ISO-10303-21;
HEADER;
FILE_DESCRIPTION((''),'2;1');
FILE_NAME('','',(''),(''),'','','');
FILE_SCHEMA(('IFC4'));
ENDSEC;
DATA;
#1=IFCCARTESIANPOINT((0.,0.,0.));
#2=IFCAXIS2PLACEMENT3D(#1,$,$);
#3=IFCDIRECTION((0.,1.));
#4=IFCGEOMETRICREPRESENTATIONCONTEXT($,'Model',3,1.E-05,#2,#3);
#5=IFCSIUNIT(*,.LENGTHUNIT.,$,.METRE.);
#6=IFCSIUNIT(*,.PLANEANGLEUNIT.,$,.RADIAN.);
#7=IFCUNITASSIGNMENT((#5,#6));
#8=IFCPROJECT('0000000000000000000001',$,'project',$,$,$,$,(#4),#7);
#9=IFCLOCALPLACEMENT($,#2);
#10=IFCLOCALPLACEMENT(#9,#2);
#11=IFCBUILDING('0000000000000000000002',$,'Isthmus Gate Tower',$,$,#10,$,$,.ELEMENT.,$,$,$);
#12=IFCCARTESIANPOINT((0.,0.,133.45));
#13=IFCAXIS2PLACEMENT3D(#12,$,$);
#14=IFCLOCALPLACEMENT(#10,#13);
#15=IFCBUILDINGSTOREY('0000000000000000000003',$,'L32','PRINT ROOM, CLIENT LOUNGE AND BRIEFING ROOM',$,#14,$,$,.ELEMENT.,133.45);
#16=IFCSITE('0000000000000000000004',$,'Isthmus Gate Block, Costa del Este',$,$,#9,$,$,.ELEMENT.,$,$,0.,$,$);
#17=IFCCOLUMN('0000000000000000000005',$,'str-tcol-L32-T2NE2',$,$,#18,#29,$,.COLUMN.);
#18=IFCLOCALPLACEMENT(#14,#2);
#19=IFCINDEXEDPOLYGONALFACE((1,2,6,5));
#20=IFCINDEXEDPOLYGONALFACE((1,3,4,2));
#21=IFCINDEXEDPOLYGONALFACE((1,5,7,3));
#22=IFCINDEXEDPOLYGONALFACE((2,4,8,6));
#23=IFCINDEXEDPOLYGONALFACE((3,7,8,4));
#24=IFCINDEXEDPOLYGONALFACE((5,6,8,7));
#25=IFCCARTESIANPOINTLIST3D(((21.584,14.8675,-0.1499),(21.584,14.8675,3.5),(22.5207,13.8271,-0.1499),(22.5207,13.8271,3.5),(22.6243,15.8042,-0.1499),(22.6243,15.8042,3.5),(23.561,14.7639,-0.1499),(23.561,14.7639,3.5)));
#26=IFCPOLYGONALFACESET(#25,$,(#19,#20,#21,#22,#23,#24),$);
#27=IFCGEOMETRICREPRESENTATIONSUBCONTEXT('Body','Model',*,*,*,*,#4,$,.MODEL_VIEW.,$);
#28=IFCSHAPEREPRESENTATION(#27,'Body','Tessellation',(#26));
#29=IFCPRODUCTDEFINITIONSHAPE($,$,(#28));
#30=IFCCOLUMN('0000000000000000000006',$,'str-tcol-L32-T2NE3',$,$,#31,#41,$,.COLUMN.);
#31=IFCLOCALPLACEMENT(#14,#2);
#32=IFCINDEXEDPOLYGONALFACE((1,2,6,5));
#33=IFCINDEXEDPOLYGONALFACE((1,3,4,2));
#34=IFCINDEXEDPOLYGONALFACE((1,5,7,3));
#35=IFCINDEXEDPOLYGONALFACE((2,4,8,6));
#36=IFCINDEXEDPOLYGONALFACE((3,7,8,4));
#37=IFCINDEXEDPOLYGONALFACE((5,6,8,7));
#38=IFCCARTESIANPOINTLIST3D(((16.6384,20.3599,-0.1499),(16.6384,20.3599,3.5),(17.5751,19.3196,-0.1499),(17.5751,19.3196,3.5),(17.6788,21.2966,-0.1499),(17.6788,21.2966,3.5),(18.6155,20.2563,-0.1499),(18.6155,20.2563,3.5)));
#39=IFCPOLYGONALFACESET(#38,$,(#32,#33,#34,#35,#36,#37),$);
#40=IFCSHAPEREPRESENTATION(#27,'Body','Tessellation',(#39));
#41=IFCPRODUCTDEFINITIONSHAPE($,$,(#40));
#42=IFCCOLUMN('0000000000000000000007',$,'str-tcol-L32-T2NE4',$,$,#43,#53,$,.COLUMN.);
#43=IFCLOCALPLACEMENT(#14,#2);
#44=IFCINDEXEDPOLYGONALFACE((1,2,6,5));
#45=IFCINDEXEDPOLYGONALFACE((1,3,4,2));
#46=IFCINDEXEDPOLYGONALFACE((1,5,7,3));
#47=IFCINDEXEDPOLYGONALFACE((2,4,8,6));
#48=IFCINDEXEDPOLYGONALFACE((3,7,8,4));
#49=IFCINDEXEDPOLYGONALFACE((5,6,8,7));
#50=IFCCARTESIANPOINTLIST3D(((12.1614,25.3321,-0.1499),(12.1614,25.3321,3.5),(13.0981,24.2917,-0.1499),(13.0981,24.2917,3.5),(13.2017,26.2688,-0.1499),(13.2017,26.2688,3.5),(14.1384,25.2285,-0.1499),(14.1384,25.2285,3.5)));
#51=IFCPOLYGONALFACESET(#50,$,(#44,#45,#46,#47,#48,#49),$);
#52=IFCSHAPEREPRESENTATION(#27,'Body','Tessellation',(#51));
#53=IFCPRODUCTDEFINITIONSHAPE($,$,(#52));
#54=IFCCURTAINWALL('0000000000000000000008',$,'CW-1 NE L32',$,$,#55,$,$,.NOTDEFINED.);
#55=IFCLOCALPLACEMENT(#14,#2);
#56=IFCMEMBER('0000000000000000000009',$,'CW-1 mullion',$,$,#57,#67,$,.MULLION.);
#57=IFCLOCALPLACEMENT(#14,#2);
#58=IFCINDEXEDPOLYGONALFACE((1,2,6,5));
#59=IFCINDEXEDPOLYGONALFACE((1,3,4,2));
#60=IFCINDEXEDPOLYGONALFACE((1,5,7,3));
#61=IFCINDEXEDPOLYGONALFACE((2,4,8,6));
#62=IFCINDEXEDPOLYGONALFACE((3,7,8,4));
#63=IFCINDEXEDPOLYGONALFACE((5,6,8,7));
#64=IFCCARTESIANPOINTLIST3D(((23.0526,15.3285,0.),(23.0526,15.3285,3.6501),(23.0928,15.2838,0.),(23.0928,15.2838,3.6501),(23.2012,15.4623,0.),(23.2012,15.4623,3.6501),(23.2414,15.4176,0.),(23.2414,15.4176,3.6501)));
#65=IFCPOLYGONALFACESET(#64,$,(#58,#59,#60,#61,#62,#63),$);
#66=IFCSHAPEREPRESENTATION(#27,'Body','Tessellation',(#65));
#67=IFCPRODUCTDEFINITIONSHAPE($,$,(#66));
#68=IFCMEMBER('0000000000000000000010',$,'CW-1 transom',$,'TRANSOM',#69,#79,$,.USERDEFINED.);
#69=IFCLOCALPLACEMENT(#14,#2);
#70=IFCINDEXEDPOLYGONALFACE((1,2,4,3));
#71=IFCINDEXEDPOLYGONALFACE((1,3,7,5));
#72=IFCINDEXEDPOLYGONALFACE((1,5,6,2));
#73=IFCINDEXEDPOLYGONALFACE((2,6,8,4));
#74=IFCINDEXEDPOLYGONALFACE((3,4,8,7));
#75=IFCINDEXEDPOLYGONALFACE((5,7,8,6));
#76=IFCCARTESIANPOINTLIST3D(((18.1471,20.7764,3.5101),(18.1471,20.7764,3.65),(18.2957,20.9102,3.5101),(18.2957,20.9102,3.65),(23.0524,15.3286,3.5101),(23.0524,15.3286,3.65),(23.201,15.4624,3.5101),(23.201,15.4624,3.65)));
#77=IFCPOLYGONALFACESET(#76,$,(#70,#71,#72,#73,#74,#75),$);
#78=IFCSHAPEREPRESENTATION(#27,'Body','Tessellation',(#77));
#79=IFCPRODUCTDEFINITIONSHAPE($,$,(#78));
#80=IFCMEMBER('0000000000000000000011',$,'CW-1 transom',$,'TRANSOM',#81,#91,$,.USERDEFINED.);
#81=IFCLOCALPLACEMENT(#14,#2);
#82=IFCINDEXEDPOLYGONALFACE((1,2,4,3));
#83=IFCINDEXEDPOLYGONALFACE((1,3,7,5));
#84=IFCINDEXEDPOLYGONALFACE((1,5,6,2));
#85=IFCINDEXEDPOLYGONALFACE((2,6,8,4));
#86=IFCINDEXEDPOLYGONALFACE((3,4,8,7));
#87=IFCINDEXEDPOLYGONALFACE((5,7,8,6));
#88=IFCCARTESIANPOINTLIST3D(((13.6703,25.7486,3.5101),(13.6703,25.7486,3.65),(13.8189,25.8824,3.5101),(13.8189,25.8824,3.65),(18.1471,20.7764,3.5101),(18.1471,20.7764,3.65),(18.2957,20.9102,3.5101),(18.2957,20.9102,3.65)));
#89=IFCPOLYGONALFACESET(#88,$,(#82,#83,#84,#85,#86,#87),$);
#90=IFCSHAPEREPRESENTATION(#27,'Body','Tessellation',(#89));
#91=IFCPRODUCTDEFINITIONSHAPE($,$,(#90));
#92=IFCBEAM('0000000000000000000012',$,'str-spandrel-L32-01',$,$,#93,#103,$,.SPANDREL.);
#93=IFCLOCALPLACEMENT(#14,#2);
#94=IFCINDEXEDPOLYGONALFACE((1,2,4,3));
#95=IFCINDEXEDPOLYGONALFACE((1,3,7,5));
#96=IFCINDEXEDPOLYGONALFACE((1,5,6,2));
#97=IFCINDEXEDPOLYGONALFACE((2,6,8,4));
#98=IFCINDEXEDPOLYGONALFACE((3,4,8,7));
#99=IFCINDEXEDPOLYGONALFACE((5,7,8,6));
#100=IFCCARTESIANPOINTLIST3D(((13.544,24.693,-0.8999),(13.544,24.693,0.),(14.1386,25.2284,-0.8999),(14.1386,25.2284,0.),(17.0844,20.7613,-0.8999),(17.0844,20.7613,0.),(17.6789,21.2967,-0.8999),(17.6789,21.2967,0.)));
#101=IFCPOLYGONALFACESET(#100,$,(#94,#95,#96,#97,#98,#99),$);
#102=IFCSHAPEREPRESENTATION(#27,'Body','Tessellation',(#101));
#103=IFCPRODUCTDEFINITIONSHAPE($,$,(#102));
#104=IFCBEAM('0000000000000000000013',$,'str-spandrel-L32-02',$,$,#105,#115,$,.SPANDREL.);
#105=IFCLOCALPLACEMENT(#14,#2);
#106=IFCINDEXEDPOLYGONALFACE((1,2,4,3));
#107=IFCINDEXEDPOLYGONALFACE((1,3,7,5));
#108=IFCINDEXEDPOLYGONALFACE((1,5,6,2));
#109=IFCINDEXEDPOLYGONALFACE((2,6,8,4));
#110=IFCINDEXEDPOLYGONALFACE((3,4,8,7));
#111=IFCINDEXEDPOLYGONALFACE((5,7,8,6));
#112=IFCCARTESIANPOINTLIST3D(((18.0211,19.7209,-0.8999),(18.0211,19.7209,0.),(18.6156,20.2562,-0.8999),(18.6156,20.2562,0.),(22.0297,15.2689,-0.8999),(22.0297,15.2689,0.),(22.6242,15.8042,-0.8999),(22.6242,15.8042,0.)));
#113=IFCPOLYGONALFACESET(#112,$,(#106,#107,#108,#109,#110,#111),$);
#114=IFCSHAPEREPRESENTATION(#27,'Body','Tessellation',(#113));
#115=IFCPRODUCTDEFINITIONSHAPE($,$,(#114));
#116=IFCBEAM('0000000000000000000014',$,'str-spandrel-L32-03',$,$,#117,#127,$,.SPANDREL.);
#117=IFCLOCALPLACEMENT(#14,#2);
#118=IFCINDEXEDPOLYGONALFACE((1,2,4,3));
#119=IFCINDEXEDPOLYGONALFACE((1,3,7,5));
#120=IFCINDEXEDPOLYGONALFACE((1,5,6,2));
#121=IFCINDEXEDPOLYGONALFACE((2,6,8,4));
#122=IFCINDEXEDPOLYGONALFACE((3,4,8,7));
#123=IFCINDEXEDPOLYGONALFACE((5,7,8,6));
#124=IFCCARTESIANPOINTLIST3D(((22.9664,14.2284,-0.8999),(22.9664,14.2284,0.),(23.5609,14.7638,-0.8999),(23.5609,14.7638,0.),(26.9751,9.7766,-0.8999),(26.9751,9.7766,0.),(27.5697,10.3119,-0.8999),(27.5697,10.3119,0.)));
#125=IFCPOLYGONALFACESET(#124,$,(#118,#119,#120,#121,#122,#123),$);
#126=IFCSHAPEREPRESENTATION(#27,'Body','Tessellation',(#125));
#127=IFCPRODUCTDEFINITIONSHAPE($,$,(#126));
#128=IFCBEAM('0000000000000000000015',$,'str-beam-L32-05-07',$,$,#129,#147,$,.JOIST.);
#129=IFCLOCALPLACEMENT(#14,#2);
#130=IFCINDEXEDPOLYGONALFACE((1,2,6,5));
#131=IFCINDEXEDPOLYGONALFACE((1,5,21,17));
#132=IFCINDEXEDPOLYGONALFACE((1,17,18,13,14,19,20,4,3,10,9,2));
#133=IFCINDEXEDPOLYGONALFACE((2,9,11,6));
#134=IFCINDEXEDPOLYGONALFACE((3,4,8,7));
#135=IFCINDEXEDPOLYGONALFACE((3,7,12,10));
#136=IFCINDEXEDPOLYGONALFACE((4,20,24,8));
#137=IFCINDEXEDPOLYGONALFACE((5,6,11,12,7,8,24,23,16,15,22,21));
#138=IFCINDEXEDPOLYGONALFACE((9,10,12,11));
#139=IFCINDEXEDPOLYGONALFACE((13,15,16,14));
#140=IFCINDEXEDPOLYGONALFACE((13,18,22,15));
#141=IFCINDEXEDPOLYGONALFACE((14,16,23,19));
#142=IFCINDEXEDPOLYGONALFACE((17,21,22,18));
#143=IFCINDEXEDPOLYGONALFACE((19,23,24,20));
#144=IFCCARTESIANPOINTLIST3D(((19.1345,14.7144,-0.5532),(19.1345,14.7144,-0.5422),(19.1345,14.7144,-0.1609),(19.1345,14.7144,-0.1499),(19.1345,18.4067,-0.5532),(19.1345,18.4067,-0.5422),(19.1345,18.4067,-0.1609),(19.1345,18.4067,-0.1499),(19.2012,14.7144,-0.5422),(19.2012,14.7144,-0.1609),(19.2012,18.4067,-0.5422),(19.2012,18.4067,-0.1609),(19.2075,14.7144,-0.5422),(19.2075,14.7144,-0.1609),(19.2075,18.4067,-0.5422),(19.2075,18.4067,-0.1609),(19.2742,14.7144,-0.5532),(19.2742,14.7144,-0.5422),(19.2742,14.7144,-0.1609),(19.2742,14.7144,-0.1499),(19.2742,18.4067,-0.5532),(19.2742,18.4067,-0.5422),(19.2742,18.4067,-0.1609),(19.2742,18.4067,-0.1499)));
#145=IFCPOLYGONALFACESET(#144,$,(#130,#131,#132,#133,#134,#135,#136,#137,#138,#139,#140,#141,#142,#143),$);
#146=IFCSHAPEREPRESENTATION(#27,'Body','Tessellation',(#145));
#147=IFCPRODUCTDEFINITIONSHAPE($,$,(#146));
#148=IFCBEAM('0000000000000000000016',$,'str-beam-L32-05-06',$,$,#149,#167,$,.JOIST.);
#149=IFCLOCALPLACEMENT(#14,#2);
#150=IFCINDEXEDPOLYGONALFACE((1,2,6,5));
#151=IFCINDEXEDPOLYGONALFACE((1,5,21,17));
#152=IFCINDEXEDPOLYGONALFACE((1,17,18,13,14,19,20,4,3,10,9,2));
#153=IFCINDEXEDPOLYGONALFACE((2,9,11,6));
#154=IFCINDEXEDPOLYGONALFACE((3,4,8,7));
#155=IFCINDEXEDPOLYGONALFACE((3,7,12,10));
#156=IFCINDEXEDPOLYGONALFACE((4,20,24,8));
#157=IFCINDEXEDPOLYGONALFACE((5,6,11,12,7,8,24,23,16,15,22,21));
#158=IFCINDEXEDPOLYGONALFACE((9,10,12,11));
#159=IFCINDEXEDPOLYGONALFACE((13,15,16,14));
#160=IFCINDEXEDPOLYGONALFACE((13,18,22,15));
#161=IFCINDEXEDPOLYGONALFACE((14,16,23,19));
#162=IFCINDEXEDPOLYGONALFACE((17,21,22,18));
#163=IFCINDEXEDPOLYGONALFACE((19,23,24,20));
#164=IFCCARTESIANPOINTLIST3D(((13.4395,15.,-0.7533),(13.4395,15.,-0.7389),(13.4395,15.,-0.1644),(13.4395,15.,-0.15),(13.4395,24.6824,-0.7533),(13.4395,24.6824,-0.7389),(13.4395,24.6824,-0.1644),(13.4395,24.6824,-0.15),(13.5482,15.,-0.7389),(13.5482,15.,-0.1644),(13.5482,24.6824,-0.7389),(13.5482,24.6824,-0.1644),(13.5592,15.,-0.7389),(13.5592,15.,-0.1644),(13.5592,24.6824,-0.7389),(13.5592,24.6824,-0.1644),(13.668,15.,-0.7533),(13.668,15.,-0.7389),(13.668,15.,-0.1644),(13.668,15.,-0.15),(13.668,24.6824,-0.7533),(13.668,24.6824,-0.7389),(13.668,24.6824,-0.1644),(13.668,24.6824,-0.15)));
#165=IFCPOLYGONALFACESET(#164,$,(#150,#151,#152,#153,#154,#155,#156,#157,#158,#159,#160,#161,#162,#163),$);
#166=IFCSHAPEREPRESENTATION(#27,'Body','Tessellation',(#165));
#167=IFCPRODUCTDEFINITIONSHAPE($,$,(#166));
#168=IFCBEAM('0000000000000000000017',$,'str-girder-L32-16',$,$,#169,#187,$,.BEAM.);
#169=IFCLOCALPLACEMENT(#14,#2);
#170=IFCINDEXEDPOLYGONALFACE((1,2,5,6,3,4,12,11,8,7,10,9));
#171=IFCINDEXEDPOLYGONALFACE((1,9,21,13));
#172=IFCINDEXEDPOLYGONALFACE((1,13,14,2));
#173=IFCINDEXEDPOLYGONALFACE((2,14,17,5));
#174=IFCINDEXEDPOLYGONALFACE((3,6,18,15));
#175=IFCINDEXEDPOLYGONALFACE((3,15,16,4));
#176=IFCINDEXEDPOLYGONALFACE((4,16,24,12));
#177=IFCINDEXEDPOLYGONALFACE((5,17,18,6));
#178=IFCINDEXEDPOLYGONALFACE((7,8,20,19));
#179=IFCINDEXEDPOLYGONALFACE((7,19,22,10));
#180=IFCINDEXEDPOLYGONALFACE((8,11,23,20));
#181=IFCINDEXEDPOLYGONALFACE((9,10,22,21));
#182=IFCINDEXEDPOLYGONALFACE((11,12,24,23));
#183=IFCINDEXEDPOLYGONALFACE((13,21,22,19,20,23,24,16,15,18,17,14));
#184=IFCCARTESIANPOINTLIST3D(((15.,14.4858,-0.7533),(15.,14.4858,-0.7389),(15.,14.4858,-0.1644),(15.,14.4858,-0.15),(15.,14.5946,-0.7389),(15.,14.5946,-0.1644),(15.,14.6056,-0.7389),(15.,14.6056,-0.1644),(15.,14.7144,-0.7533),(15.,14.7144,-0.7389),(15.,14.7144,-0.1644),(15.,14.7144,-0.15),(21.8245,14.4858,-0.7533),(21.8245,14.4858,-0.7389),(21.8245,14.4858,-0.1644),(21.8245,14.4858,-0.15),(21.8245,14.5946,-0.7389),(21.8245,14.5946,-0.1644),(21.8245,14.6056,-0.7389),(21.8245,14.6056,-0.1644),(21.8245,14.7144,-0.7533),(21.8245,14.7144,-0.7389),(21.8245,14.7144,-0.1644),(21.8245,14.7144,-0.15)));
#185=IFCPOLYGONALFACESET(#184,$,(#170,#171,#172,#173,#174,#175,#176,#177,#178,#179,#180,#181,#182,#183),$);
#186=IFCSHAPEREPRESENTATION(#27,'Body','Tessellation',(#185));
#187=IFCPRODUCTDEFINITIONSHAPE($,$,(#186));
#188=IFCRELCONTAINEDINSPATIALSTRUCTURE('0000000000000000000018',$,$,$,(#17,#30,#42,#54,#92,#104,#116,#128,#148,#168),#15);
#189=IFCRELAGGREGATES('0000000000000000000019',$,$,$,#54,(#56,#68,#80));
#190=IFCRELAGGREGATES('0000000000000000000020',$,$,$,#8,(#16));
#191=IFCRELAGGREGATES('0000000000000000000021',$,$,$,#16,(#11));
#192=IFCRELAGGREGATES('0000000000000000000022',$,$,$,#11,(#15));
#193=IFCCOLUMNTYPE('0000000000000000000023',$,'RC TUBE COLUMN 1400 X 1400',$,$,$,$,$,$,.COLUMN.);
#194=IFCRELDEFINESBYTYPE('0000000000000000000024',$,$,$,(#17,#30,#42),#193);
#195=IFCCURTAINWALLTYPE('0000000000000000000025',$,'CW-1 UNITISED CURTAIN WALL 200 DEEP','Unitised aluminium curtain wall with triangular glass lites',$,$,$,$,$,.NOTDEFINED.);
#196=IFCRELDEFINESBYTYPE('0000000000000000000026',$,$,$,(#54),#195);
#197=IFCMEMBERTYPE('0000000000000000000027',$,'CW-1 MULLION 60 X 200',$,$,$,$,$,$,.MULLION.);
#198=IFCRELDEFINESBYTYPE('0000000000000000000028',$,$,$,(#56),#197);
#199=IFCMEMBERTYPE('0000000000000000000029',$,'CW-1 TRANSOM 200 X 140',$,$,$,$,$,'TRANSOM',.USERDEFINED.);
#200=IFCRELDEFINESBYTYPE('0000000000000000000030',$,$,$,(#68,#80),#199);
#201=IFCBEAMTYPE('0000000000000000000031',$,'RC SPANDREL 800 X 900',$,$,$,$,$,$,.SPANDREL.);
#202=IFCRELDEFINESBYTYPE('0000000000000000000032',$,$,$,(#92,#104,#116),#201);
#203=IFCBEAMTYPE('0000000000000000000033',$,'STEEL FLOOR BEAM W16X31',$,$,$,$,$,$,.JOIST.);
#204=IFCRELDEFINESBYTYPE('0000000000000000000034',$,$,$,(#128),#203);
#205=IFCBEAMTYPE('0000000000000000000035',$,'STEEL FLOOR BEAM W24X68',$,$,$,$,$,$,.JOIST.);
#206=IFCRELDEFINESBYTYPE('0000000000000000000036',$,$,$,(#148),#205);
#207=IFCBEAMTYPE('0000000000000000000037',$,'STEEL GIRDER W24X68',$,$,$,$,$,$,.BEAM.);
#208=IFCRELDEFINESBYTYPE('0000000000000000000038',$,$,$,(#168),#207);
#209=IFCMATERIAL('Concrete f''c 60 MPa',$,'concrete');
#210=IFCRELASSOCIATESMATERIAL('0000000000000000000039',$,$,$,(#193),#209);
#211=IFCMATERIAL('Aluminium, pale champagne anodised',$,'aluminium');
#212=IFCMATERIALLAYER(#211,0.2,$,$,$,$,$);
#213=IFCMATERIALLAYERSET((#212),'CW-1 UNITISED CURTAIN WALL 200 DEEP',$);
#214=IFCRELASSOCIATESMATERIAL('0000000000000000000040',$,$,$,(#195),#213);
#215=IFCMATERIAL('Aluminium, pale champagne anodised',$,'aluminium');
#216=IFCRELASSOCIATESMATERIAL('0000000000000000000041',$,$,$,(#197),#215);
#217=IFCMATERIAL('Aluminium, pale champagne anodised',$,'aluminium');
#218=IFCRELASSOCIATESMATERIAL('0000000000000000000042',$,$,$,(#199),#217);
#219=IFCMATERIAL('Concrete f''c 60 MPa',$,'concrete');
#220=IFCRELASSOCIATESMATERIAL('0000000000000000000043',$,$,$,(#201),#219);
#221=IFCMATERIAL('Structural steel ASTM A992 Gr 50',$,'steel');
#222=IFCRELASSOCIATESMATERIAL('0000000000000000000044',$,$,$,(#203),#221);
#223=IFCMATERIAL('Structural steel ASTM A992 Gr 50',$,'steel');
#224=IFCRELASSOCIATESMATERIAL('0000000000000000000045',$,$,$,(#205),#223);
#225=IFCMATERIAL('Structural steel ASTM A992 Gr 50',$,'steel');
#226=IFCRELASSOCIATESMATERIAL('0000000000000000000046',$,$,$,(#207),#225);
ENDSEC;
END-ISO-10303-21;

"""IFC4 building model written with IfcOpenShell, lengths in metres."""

from ifc_helpers import new_model, si_unit, direction, frame, origin, origin_2d, place, context, subcontext, project, spatial, rectangle, i_section, extrude, material, layer, layer_set, material_profile, profile_set, type_object, element, aggregate, save


model = new_model("IFC4")

# Units and contexts
model_context = context("Model", 3, precision=1e-05, world=origin(), true_north=direction((0.0, 1.0)))
body_context = subcontext(model_context, "Body", "Model", "MODEL_VIEW")
ifc_project = project(units=[si_unit("LENGTHUNIT", "METRE"), si_unit("PLANEANGLEUNIT", "RADIAN")], contexts=[model_context])

# Site, building, storey
site_placement = place(None, origin())
site = spatial("IfcSite", under=ifc_project, at=site_placement, Name="Isthmus Gate Block, Costa del Este", CompositionType="ELEMENT", RefElevation=0.0)
building_placement = place(site_placement, origin())
building = spatial("IfcBuilding", under=site, at=building_placement, Name="Isthmus Gate Tower", CompositionType="ELEMENT")
storey_placement = place(building_placement, frame((0.0, 0.0, 133.45)))
storey = spatial("IfcBuildingStorey", under=building, at=storey_placement, Name="L32", Description="PRINT ROOM, CLIENT LOUNGE AND BRIEFING ROOM", CompositionType="ELEMENT", Elevation=133.45)

# Columns
ifc_material_1 = material(Name="Concrete f'c 60 MPa", Category="concrete")
ifc_material_profile_1 = material_profile(ifc_material_1, rectangle(XDim=1.3999, YDim=1.3999, at=origin_2d()), Name="RC 1400X1400")
ifc_profile_set_1 = profile_set([ifc_material_profile_1], Name="Concrete f'c 60 MPa")
column_type = type_object("IfcColumnType", Name="RC TUBE COLUMN 1400 X 1400", PredefinedType="COLUMN", material=ifc_profile_set_1)
for number, where, z_axis, x_axis, name in (
    (1, (22.5725, 14.8157, -0.1499), (0.0, 0.0, 1.0), (-0.669131, 0.743145, 0.0), "str-tcol-L32-T2NE2"),
    (2, (17.627, 20.3081, -0.1499), (0.0, 0.0, 1.0), (-0.669131, 0.743145, 0.0), "str-tcol-L32-T2NE3"),
    (3, (13.1499, 25.2803, -0.1499), (0.0, 0.0, 1.0), (-0.669131, 0.743145, 0.0), "str-tcol-L32-T2NE4"),
):
    element("IfcColumn", number, at=place(storey_placement, frame(where, z_axis=z_axis, x_axis=x_axis)), inside=storey, type_object=column_type, Name=name, PredefinedType="COLUMN", context=body_context, shape_type="SweptSolid", body=[
        extrude(rectangle(XDim=1.3999, YDim=1.3999, at=origin_2d()), origin(), (0.0, 0.0, 1.0), 3.6499),
    ])

# Curtain wall, members
ifc_material_2 = material(Name="Aluminium, pale champagne anodised", Category="aluminium")
ifc_layer_1 = layer(ifc_material_2, 0.2)
ifc_layer_set_1 = layer_set([ifc_layer_1], Name="CW-1 UNITISED CURTAIN WALL 200 DEEP")
curtain_wall_type = type_object("IfcCurtainWallType", Name="CW-1 UNITISED CURTAIN WALL 200 DEEP", Description="Unitised aluminium curtain wall with triangular glass lites", PredefinedType="NOTDEFINED", material=ifc_layer_set_1)
curtain_wall_placement = place(storey_placement, origin())
curtain_wall = element("IfcCurtainWall", 4, at=curtain_wall_placement, inside=storey, type_object=curtain_wall_type, Name="CW-1 NE L32", PredefinedType="NOTDEFINED")
ifc_material_3 = material(Name="Aluminium, pale champagne anodised", Category="aluminium")
ifc_material_profile_2 = material_profile(ifc_material_3, rectangle(XDim=0.0601, YDim=0.2, at=origin_2d()), Name="60x200")
ifc_profile_set_2 = profile_set([ifc_material_profile_2], Name="Aluminium, pale champagne anodised")
member_type_1 = type_object("IfcMemberType", Name="CW-1 MULLION 60 X 200", PredefinedType="MULLION", material=ifc_profile_set_2)
member_1_placement = place(storey_placement, frame((23.147, 15.373, 0.0), z_axis=(0.0, 0.0, 1.0), x_axis=(-0.669131, 0.743145, 0.0)))
member_1 = element("IfcMember", 5, at=member_1_placement, type_object=member_type_1, Name="CW-1 mullion", PredefinedType="MULLION", context=body_context, shape_type="SweptSolid", body=[
    extrude(rectangle(XDim=0.0601, YDim=0.2, at=origin_2d()), origin(), (0.0, 0.0, 1.0), 3.6501),
])
ifc_material_4 = material(Name="Aluminium, pale champagne anodised", Category="aluminium")
ifc_material_profile_3 = material_profile(ifc_material_4, rectangle(XDim=0.2, YDim=0.1399, at=origin_2d()), Name="200x140")
ifc_profile_set_3 = profile_set([ifc_material_profile_3], Name="Aluminium, pale champagne anodised")
member_type_2 = type_object("IfcMemberType", Name="CW-1 TRANSOM 200 X 140", ElementType="TRANSOM", PredefinedType="USERDEFINED", material=ifc_profile_set_3)
member_2_placement = place(storey_placement, frame((23.1267, 15.3955, 3.5801), z_axis=(-0.669138, 0.743138, 0.0), x_axis=(-0.743138, -0.669138, 0.0)))
member_2 = element("IfcMember", 6, at=member_2_placement, type_object=member_type_2, Name="CW-1 transom", ObjectType="TRANSOM", PredefinedType="USERDEFINED", context=body_context, shape_type="SweptSolid", body=[
    extrude(rectangle(XDim=0.2, YDim=0.1399, at=origin_2d()), origin(), (0.0, 0.0, 1.0), 7.3308),
])
member_3_placement = place(storey_placement, frame((18.2214, 20.8433, 3.5801), z_axis=(-0.669118, 0.743156, 0.0), x_axis=(-0.743156, -0.669118, 0.0)))
member_3 = element("IfcMember", 7, at=member_3_placement, type_object=member_type_2, Name="CW-1 transom", ObjectType="TRANSOM", PredefinedType="USERDEFINED", context=body_context, shape_type="SweptSolid", body=[
    extrude(rectangle(XDim=0.2, YDim=0.1399, at=origin_2d()), origin(), (0.0, 0.0, 1.0), 6.6907),
])

# Beams
ifc_material_5 = material(Name="Concrete f'c 60 MPa", Category="concrete")
ifc_material_profile_4 = material_profile(ifc_material_5, rectangle(XDim=0.8, YDim=0.8999, at=origin_2d()), Name="RC 800X900")
ifc_profile_set_4 = profile_set([ifc_material_profile_4], Name="Concrete f'c 60 MPa")
beam_type_1 = type_object("IfcBeamType", Name="RC SPANDREL 800 X 900", PredefinedType="SPANDREL", material=ifc_profile_set_4)
beam_1_placement = place(storey_placement, frame((13.8413, 24.9607, -0.45), z_axis=(0.669153, -0.743124, 0.0), x_axis=(0.743124, 0.669153, 0.0)))
element("IfcBeam", 8, at=beam_1_placement, inside=storey, type_object=beam_type_1, Name="str-spandrel-L32-01", PredefinedType="SPANDREL", context=body_context, shape_type="SweptSolid", body=[
    extrude(rectangle(XDim=0.8, YDim=0.8999, at=origin_2d()), origin(), (0.0, 0.0, 1.0), 5.2908),
])
for number, where, z_axis, x_axis, name in (
    (9, (18.3184, 19.9885, -0.45), (0.669134, -0.743142, 0.0), (0.743142, 0.669134, 0.0), "str-spandrel-L32-02"),
    (10, (23.2637, 14.4961, -0.45), (0.669156, -0.743122, 0.0), (0.743122, 0.669156, 0.0), "str-spandrel-L32-03"),
):
    element("IfcBeam", number, at=place(storey_placement, frame(where, z_axis=z_axis, x_axis=x_axis)), inside=storey, type_object=beam_type_1, Name=name, PredefinedType="SPANDREL", context=body_context, shape_type="SweptSolid", body=[
        extrude(rectangle(XDim=0.8, YDim=0.8999, at=origin_2d()), origin(), (0.0, 0.0, 1.0), 5.9907),
    ])
ifc_material_6 = material(Name="Structural steel ASTM A992 Gr 50", Category="steel")
ifc_material_profile_5 = material_profile(ifc_material_6, i_section(OverallWidth=0.1396, OverallDepth=0.4033, WebThickness=0.0063, FlangeThickness=0.011, at=origin_2d()), Name="W16X31")
ifc_profile_set_5 = profile_set([ifc_material_profile_5], Name="Structural steel ASTM A992 Gr 50")
beam_type_2 = type_object("IfcBeamType", Name="STEEL FLOOR BEAM W16X31", PredefinedType="JOIST", material=ifc_profile_set_5)
beam_2_placement = place(storey_placement, frame((19.2043, 14.7144, -0.3516), z_axis=(0.0, 1.0, 0.0), x_axis=(-1.0, 0.0, 0.0)))
element("IfcBeam", 11, at=beam_2_placement, inside=storey, type_object=beam_type_2, Name="str-beam-L32-05-07", PredefinedType="JOIST", context=body_context, shape_type="SweptSolid", body=[
    extrude(i_section(OverallWidth=0.1396, OverallDepth=0.4033, WebThickness=0.0063, FlangeThickness=0.011, at=origin_2d()), origin(), (0.0, 0.0, 1.0), 3.6924),
])
ifc_material_7 = material(Name="Structural steel ASTM A992 Gr 50", Category="steel")
ifc_material_profile_6 = material_profile(ifc_material_7, i_section(OverallWidth=0.2285, OverallDepth=0.6033, WebThickness=0.011, FlangeThickness=0.0144, at=origin_2d()), Name="W24X68")
ifc_profile_set_6 = profile_set([ifc_material_profile_6], Name="Structural steel ASTM A992 Gr 50")
beam_type_3 = type_object("IfcBeamType", Name="STEEL FLOOR BEAM W24X68", PredefinedType="JOIST", material=ifc_profile_set_6)
beam_3_placement = place(storey_placement, frame((13.5537, 15.0, -0.4517), z_axis=(0.0, 1.0, 0.0), x_axis=(-1.0, 0.0, 0.0)))
element("IfcBeam", 12, at=beam_3_placement, inside=storey, type_object=beam_type_3, Name="str-beam-L32-05-06", PredefinedType="JOIST", context=body_context, shape_type="SweptSolid", body=[
    extrude(i_section(OverallWidth=0.2285, OverallDepth=0.6033, WebThickness=0.011, FlangeThickness=0.0144, at=origin_2d()), origin(), (0.0, 0.0, 1.0), 9.6824),
])
ifc_material_8 = material(Name="Structural steel ASTM A992 Gr 50", Category="steel")
ifc_material_profile_7 = material_profile(ifc_material_8, i_section(OverallWidth=0.2285, OverallDepth=0.6033, WebThickness=0.011, FlangeThickness=0.0144, at=origin_2d()), Name="W24X68")
ifc_profile_set_7 = profile_set([ifc_material_profile_7], Name="Structural steel ASTM A992 Gr 50")
beam_type_4 = type_object("IfcBeamType", Name="STEEL GIRDER W24X68", PredefinedType="BEAM", material=ifc_profile_set_7)
beam_4_placement = place(storey_placement, frame((15.0, 14.6001, -0.4517), z_axis=(1.0, 0.0, 0.0), x_axis=(0.0, 1.0, 0.0)))
element("IfcBeam", 13, at=beam_4_placement, inside=storey, type_object=beam_type_4, Name="str-girder-L32-16", PredefinedType="BEAM", context=body_context, shape_type="SweptSolid", body=[
    extrude(i_section(OverallWidth=0.2285, OverallDepth=0.6033, WebThickness=0.011, FlangeThickness=0.0144, at=origin_2d()), origin(), (0.0, 0.0, 1.0), 6.8245),
])

aggregate(curtain_wall, [member_1, member_2, member_3])

save(model, "model.ifc")
